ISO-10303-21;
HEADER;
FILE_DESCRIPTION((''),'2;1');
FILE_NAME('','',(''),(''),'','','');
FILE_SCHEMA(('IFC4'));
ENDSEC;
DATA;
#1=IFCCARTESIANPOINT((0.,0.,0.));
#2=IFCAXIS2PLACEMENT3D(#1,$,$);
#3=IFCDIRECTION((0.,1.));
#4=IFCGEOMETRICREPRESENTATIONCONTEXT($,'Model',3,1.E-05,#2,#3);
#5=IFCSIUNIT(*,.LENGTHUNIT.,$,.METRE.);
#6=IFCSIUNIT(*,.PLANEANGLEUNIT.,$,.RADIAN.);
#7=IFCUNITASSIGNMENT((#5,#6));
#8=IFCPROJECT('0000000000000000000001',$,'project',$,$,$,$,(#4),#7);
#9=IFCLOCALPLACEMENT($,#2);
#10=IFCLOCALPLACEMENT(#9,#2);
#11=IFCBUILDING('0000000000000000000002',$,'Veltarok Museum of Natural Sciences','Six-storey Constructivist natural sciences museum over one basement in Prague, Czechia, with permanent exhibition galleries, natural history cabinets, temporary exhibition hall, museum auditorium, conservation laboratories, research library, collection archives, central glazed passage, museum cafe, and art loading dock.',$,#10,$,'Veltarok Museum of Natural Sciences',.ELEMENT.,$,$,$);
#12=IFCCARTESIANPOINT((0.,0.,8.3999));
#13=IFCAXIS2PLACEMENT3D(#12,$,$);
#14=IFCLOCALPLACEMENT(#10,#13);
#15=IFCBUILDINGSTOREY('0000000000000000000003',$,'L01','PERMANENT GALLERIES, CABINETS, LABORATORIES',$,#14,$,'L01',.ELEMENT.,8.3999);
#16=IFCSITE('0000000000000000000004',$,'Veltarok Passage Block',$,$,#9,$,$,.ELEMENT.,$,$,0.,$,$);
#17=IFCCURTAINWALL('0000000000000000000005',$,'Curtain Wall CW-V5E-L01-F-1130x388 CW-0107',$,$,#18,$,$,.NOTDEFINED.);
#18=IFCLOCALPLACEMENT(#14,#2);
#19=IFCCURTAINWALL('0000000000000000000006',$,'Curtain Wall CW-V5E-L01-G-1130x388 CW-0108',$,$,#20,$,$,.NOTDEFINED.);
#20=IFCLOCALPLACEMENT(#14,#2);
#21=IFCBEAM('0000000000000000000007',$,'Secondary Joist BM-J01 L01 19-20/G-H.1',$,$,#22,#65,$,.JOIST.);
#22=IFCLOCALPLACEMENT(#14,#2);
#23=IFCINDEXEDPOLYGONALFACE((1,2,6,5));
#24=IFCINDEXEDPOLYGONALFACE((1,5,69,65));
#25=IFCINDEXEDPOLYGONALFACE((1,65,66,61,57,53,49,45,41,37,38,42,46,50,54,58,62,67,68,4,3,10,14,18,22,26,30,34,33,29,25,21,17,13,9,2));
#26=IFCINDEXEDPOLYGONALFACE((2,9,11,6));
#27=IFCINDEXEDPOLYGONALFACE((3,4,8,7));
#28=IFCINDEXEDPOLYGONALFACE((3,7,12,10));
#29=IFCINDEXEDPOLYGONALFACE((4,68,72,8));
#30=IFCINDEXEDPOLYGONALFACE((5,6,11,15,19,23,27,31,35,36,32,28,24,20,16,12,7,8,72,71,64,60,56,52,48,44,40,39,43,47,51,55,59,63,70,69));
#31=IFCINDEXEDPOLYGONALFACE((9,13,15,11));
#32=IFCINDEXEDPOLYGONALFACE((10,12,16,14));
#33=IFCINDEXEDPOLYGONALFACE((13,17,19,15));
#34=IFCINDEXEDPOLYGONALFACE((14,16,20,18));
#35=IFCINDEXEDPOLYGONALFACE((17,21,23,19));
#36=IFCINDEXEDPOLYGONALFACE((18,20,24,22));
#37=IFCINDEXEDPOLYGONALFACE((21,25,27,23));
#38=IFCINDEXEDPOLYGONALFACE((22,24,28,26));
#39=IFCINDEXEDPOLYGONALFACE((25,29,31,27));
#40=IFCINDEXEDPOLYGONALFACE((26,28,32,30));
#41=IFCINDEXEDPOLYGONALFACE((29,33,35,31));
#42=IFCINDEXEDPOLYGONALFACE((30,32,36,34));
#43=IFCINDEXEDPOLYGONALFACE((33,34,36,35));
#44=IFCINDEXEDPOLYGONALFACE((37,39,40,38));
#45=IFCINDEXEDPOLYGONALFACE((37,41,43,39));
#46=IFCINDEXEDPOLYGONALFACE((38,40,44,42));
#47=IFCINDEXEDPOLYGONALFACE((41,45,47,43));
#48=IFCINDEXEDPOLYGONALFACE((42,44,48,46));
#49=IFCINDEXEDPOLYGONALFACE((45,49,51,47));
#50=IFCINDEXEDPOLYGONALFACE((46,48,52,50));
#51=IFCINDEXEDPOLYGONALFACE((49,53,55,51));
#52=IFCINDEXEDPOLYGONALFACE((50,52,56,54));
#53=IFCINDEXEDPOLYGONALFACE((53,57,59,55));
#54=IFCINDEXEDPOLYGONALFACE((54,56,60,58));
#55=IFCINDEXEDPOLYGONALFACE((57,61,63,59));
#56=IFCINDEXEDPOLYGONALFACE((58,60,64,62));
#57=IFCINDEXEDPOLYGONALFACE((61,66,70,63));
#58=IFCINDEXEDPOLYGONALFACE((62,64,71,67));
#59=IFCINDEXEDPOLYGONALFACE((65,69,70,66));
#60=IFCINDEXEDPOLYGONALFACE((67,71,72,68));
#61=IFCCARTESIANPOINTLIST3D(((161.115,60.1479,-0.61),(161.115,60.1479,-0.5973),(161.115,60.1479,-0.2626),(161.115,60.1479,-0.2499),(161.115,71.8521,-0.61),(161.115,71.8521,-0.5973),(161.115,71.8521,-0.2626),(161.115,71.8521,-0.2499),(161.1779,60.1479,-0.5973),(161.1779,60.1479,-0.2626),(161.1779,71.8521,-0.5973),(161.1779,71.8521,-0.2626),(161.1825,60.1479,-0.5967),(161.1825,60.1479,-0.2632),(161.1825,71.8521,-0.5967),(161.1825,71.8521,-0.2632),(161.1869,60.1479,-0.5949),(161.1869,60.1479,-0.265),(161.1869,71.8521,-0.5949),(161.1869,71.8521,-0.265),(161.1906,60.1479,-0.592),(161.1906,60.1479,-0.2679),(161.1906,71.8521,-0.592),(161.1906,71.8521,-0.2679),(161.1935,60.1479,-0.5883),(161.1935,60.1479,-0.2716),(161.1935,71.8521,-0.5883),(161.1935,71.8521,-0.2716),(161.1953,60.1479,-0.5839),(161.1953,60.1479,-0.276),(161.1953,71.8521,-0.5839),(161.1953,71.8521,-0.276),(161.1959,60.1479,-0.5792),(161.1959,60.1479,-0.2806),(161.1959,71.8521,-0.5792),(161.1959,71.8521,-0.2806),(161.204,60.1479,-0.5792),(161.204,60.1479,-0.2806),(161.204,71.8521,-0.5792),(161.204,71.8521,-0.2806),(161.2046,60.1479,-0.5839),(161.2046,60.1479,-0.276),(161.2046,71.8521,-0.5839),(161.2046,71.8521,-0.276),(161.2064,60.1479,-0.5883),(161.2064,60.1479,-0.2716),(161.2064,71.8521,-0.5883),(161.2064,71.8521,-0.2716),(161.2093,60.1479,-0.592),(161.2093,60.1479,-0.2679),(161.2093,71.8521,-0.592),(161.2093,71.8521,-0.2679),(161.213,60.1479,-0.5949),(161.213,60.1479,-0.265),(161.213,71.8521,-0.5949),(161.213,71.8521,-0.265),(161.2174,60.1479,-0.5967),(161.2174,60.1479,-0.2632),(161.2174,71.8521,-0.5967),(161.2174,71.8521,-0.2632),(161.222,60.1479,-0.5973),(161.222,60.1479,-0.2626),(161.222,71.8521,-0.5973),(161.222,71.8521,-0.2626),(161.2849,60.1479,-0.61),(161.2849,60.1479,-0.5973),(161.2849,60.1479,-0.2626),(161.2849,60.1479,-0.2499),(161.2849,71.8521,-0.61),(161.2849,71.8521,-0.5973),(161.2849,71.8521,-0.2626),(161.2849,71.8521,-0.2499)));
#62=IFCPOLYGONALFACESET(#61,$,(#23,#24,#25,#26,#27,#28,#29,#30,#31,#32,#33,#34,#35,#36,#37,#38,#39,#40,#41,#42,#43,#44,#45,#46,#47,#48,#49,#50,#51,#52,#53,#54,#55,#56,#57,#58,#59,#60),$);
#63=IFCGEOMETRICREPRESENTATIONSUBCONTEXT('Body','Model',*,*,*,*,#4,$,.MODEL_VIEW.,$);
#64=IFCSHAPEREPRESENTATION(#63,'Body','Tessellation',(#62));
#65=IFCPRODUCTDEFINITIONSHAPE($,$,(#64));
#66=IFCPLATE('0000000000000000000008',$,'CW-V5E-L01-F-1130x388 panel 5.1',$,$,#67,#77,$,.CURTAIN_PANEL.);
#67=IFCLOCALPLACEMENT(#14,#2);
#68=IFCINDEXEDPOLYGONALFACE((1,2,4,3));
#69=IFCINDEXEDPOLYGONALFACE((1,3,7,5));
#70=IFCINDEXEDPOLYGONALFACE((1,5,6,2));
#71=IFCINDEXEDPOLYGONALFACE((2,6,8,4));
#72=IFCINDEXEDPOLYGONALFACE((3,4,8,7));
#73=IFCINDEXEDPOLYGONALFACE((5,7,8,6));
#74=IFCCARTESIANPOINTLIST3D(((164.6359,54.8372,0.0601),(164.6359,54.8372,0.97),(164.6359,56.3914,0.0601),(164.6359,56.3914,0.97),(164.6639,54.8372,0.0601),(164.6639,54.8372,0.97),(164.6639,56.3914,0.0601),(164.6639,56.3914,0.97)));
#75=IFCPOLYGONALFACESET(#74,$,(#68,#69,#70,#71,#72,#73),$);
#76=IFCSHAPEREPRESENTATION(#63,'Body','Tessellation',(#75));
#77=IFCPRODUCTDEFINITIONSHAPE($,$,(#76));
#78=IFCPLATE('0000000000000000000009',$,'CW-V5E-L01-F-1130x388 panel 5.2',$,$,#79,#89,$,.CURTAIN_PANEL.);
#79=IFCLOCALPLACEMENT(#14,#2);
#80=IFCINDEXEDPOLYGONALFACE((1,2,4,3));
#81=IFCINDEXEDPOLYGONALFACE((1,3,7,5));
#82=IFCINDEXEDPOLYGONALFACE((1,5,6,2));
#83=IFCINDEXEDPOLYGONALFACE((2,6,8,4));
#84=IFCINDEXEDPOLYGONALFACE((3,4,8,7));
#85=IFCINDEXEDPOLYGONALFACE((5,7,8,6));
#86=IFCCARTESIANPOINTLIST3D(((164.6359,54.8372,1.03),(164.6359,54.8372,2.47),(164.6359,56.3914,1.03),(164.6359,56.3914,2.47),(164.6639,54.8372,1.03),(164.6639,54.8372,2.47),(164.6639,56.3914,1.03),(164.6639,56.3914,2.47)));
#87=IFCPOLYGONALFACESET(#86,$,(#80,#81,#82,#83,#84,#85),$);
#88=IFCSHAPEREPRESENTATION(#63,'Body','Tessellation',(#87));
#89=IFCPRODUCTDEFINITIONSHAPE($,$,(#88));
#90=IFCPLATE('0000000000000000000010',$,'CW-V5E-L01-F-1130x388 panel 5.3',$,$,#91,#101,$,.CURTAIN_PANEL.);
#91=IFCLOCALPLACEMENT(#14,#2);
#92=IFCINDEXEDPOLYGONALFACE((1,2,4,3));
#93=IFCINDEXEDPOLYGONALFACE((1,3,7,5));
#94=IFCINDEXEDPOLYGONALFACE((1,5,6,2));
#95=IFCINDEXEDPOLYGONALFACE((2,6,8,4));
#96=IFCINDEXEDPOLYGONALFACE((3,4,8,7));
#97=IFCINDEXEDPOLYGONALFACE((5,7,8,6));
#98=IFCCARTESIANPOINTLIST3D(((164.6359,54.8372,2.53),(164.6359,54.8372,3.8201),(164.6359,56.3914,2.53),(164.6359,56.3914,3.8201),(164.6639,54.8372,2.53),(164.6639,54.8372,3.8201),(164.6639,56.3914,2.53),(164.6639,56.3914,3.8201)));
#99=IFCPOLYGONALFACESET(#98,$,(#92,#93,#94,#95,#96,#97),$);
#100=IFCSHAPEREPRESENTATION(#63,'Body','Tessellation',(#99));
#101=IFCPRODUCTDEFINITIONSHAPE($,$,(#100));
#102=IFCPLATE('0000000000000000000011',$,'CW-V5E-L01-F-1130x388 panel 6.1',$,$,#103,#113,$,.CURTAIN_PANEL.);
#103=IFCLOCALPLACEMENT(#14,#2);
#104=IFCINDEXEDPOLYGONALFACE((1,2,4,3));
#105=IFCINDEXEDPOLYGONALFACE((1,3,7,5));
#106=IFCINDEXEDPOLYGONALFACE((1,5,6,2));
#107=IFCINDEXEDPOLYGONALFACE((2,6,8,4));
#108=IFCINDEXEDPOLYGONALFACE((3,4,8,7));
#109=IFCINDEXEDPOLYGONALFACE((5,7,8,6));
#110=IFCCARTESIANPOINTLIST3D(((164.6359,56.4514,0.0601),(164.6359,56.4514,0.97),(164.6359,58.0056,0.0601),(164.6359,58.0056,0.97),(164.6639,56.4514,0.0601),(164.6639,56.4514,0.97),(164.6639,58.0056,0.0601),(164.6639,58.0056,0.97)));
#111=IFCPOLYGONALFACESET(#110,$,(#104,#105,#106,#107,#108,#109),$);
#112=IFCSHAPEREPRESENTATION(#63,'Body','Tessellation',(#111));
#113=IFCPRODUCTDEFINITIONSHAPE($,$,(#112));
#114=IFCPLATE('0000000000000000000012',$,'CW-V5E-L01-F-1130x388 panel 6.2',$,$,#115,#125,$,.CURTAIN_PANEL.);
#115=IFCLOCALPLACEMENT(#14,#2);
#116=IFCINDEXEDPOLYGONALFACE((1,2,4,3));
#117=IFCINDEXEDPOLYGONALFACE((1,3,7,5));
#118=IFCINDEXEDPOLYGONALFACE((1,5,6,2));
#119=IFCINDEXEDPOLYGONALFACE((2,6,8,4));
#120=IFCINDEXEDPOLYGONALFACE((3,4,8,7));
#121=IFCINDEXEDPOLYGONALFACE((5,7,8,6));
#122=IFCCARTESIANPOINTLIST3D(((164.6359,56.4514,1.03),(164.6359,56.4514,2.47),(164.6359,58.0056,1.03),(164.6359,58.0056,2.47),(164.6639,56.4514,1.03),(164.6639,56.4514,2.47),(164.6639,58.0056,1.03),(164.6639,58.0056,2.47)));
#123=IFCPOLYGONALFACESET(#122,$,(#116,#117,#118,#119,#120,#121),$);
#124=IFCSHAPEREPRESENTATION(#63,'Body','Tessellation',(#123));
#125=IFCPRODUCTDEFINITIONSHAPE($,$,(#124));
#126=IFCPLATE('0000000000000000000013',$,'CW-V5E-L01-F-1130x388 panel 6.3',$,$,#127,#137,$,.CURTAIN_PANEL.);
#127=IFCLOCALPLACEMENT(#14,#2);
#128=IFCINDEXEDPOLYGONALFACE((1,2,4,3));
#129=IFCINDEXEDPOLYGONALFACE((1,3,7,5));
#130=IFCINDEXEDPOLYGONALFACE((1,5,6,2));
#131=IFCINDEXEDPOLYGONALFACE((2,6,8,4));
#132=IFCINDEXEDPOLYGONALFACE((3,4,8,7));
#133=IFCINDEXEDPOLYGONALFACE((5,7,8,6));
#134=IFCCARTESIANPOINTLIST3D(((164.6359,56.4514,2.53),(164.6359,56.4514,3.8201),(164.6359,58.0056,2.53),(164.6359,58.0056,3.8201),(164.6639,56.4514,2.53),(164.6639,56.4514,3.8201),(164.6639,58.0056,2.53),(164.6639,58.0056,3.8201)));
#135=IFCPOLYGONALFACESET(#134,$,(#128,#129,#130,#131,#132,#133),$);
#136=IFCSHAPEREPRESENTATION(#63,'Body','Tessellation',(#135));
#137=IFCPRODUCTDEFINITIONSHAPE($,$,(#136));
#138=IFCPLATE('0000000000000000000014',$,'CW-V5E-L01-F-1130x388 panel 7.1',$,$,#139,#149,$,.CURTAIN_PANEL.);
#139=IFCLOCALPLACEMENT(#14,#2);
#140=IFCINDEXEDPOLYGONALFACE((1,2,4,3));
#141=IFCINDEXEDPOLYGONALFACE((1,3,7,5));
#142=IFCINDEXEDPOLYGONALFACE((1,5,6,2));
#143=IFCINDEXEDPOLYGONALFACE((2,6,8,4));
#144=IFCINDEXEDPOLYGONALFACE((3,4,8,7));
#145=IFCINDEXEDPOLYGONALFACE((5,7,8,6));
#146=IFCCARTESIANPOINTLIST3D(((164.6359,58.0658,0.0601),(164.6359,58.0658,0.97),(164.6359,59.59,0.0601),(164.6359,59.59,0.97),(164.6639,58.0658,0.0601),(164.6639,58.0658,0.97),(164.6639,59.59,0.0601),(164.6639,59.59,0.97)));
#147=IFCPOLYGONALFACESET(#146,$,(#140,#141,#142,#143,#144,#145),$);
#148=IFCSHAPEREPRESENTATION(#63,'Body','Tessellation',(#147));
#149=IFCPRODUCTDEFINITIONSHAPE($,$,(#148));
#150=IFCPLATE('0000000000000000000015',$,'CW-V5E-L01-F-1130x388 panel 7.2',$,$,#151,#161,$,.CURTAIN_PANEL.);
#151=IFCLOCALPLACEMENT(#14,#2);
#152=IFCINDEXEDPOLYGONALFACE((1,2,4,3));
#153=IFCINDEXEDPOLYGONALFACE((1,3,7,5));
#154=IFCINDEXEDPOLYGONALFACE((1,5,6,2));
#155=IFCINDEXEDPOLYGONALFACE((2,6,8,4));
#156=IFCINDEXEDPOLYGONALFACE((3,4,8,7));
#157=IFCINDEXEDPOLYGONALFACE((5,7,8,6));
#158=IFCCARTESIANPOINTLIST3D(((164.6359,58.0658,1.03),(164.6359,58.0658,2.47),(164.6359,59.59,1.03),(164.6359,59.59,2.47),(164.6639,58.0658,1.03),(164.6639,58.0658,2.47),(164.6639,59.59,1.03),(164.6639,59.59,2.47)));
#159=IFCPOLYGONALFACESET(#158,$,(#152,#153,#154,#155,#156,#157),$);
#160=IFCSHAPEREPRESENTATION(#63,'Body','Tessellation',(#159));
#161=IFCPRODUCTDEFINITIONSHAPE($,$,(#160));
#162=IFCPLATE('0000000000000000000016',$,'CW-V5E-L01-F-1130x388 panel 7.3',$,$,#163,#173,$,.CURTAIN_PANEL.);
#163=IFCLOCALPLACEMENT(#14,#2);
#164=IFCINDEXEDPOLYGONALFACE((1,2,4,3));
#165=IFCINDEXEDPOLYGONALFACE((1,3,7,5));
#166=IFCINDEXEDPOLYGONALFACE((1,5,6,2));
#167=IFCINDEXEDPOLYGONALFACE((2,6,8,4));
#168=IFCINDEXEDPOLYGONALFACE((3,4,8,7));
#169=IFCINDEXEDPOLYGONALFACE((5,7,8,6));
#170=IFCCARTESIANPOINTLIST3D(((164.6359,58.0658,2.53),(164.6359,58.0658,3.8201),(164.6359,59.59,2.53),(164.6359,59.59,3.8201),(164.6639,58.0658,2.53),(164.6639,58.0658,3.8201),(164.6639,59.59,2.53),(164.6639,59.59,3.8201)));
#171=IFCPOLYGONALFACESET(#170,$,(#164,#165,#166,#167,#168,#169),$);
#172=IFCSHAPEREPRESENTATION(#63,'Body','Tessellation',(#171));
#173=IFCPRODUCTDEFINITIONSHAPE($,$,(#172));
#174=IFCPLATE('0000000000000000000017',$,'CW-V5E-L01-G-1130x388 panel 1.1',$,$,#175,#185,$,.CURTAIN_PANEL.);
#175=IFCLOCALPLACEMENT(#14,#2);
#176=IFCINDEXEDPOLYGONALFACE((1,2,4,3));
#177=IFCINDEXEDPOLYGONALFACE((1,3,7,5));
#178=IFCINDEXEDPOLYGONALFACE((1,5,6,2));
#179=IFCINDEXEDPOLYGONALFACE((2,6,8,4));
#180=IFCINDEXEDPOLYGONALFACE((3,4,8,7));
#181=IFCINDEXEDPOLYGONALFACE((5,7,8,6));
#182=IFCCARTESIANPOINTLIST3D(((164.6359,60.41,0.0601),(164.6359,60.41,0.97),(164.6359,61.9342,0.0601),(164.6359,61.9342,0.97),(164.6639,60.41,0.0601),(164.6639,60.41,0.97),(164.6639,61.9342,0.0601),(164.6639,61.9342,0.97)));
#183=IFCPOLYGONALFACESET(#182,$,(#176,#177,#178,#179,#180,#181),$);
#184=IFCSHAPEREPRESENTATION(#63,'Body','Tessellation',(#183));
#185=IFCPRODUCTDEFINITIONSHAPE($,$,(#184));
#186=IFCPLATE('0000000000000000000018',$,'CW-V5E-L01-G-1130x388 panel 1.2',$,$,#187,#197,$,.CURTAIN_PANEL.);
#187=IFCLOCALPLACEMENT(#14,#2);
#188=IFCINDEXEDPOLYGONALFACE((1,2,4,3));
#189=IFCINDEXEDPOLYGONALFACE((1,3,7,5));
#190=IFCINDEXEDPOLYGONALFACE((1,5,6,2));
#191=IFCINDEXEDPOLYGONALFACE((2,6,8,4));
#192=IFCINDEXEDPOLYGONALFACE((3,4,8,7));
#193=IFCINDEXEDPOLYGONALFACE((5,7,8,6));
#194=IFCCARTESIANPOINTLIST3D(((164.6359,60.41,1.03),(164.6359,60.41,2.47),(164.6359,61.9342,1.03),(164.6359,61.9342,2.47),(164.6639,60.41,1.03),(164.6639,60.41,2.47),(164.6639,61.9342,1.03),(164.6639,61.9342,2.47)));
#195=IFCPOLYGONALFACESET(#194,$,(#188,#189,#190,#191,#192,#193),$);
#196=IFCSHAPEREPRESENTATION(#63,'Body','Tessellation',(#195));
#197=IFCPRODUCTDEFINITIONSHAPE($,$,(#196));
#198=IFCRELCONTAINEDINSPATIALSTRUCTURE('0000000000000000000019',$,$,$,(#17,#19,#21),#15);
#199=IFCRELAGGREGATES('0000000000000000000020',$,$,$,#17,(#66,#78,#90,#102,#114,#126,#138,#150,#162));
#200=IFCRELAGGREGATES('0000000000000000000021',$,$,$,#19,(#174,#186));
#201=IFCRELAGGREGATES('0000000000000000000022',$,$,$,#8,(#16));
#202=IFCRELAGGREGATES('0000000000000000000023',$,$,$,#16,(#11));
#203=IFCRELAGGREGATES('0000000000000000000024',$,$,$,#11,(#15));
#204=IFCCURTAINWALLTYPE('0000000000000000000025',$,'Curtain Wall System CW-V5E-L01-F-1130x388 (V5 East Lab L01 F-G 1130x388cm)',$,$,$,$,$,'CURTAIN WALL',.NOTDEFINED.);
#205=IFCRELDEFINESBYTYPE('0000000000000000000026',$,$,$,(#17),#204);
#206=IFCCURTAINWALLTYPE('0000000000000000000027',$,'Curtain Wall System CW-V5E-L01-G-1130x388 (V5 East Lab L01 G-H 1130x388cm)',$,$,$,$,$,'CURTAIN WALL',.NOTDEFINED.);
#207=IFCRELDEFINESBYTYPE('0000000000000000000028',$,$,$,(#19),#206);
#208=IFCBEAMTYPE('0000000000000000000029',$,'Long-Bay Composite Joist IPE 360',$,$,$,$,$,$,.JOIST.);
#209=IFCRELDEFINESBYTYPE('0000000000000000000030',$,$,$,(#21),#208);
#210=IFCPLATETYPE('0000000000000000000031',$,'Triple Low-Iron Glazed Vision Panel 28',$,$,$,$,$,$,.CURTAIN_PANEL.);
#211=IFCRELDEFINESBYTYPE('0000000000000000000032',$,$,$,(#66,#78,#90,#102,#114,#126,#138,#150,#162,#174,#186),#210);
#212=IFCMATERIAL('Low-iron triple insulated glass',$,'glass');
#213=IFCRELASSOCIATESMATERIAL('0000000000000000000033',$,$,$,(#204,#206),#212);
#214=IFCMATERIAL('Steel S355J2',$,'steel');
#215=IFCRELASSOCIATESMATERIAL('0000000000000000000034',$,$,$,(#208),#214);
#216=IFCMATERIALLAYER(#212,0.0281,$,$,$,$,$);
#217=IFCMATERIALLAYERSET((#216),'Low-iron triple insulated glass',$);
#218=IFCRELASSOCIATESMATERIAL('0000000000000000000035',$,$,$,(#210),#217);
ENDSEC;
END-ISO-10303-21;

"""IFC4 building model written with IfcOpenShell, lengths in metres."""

from ifc_helpers import new_model, si_unit, direction, frame, origin, origin_2d, place, context, subcontext, project, spatial, rectangle, i_section, extrude, material, layer, layer_set, material_profile, profile_set, type_object, element, aggregate, save


model = new_model("IFC4")

# Units and contexts
model_context = context("Model", 3, precision=1e-05, world=origin(), true_north=direction((0.0, 1.0)))
body_context = subcontext(model_context, "Body", "Model", "MODEL_VIEW")
ifc_project = project(units=[si_unit("LENGTHUNIT", "METRE"), si_unit("PLANEANGLEUNIT", "RADIAN")], contexts=[model_context])

# Site, building, storey
site_placement = place(None, origin())
site = spatial("IfcSite", under=ifc_project, at=site_placement, Name="Veltarok Passage Block", CompositionType="ELEMENT", RefElevation=0.0)
building_placement = place(site_placement, origin())
building = spatial("IfcBuilding", under=site, at=building_placement, Name="Veltarok Museum of Natural Sciences", Description="Six-storey Constructivist natural sciences museum over one basement in Prague, Czechia, with permanent exhibition galleries, natural history cabinets, temporary exhibition hall, museum auditorium, conservation laboratories, research library, collection archives, central glazed passage, museum cafe, and art loading dock.", LongName="Veltarok Museum of Natural Sciences", CompositionType="ELEMENT")
storey_placement = place(building_placement, frame((0.0, 0.0, 8.3999)))
storey = spatial("IfcBuildingStorey", under=building, at=storey_placement, Name="L01", Description="PERMANENT GALLERIES, CABINETS, LABORATORIES", LongName="L01", CompositionType="ELEMENT", Elevation=8.3999)

# Shared definitions
ifc_material_1 = material(Name="Steel S355J2", Category="steel")

# Curtain walls
ifc_material_2 = material(Name="Low-iron triple insulated glass", Category="glass")
curtain_wall_type_1 = type_object("IfcCurtainWallType", Name="Curtain Wall System CW-V5E-L01-F-1130x388 (V5 East Lab L01 F-G 1130x388cm)", ElementType="CURTAIN WALL", PredefinedType="NOTDEFINED", material=ifc_material_2)
curtain_wall_1_placement = place(storey_placement, origin())
curtain_wall_1 = element("IfcCurtainWall", 1, at=curtain_wall_1_placement, inside=storey, type_object=curtain_wall_type_1, Name="Curtain Wall CW-V5E-L01-F-1130x388 CW-0107", PredefinedType="NOTDEFINED")
curtain_wall_type_2 = type_object("IfcCurtainWallType", Name="Curtain Wall System CW-V5E-L01-G-1130x388 (V5 East Lab L01 G-H 1130x388cm)", ElementType="CURTAIN WALL", PredefinedType="NOTDEFINED", material=ifc_material_2)
curtain_wall_2_placement = place(storey_placement, origin())
curtain_wall_2 = element("IfcCurtainWall", 2, at=curtain_wall_2_placement, inside=storey, type_object=curtain_wall_type_2, Name="Curtain Wall CW-V5E-L01-G-1130x388 CW-0108", PredefinedType="NOTDEFINED")

# Beam
ifc_material_profile_1 = material_profile(ifc_material_1, i_section(OverallWidth=0.1699, OverallDepth=0.3601, WebThickness=0.0081, FlangeThickness=0.0127, FilletRadius=0.0181, at=origin_2d()), Name="IPE 360")
ifc_profile_set_1 = profile_set([ifc_material_profile_1], Name="Steel S355J2")
beam_type_1 = type_object("IfcBeamType", Name="Long-Bay Composite Joist IPE 360", PredefinedType="JOIST", material=ifc_profile_set_1)
beam_1_placement = place(storey_placement, frame((161.2, 60.1479, -0.4299), z_axis=(0.0, 1.0, 0.0), x_axis=(-1.0, 0.0, 0.0)))
element("IfcBeam", 3, at=beam_1_placement, inside=storey, type_object=beam_type_1, Name="Secondary Joist BM-J01 L01 19-20/G-H.1", PredefinedType="JOIST", context=body_context, shape_type="SweptSolid", body=[
    extrude(i_section(OverallWidth=0.1699, OverallDepth=0.3601, WebThickness=0.0081, FlangeThickness=0.0127, FilletRadius=0.0181, at=origin_2d()), origin(), (0.0, 0.0, 1.0), 11.7041),
])

# Plates
ifc_layer = layer(ifc_material_2, 0.0281)
ifc_layer_set = layer_set([ifc_layer], Name="Low-iron triple insulated glass")
plate_type = type_object("IfcPlateType", Name="Triple Low-Iron Glazed Vision Panel 28", PredefinedType="CURTAIN_PANEL", material=ifc_layer_set)
plate_1_placement = place(storey_placement, frame((164.6499, 55.6143, 0.0601), z_axis=(0.0, 0.0, 1.0), x_axis=(0.0, 1.0, 0.0)))
plate_1 = element("IfcPlate", 4, at=plate_1_placement, type_object=plate_type, Name="CW-V5E-L01-F-1130x388 panel 5.1", PredefinedType="CURTAIN_PANEL", context=body_context, shape_type="SweptSolid", body=[
    extrude(rectangle(XDim=1.5542, YDim=0.0281, at=origin_2d()), origin(), (0.0, 0.0, 1.0), 0.9099),
])
plate_2_placement = place(storey_placement, frame((164.6499, 55.6143, 1.03), z_axis=(0.0, 0.0, 1.0), x_axis=(0.0, 1.0, 0.0)))
plate_2 = element("IfcPlate", 5, at=plate_2_placement, type_object=plate_type, Name="CW-V5E-L01-F-1130x388 panel 5.2", PredefinedType="CURTAIN_PANEL", context=body_context, shape_type="SweptSolid", body=[
    extrude(rectangle(XDim=1.5542, YDim=0.0281, at=origin_2d()), origin(), (0.0, 0.0, 1.0), 1.4399),
])
plate_3_placement = place(storey_placement, frame((164.6499, 55.6143, 2.53), z_axis=(0.0, 0.0, 1.0), x_axis=(0.0, 1.0, 0.0)))
plate_3 = element("IfcPlate", 6, at=plate_3_placement, type_object=plate_type, Name="CW-V5E-L01-F-1130x388 panel 5.3", PredefinedType="CURTAIN_PANEL", context=body_context, shape_type="SweptSolid", body=[
    extrude(rectangle(XDim=1.5542, YDim=0.0281, at=origin_2d()), origin(), (0.0, 0.0, 1.0), 1.29),
])
plate_4_placement = place(storey_placement, frame((164.6499, 57.2285, 0.0601), z_axis=(0.0, 0.0, 1.0), x_axis=(0.0, 1.0, 0.0)))
plate_4 = element("IfcPlate", 7, at=plate_4_placement, type_object=plate_type, Name="CW-V5E-L01-F-1130x388 panel 6.1", PredefinedType="CURTAIN_PANEL", context=body_context, shape_type="SweptSolid", body=[
    extrude(rectangle(XDim=1.5542, YDim=0.0281, at=origin_2d()), origin(), (0.0, 0.0, 1.0), 0.9099),
])
plate_5_placement = place(storey_placement, frame((164.6499, 57.2285, 1.03), z_axis=(0.0, 0.0, 1.0), x_axis=(0.0, 1.0, 0.0)))
plate_5 = element("IfcPlate", 8, at=plate_5_placement, type_object=plate_type, Name="CW-V5E-L01-F-1130x388 panel 6.2", PredefinedType="CURTAIN_PANEL", context=body_context, shape_type="SweptSolid", body=[
    extrude(rectangle(XDim=1.5542, YDim=0.0281, at=origin_2d()), origin(), (0.0, 0.0, 1.0), 1.4399),
])
plate_6_placement = place(storey_placement, frame((164.6499, 57.2285, 2.53), z_axis=(0.0, 0.0, 1.0), x_axis=(0.0, 1.0, 0.0)))
plate_6 = element("IfcPlate", 9, at=plate_6_placement, type_object=plate_type, Name="CW-V5E-L01-F-1130x388 panel 6.3", PredefinedType="CURTAIN_PANEL", context=body_context, shape_type="SweptSolid", body=[
    extrude(rectangle(XDim=1.5542, YDim=0.0281, at=origin_2d()), origin(), (0.0, 0.0, 1.0), 1.29),
])
plate_7_placement = place(storey_placement, frame((164.6499, 58.8279, 0.0601), z_axis=(0.0, 0.0, 1.0), x_axis=(0.0, 1.0, 0.0)))
plate_7 = element("IfcPlate", 10, at=plate_7_placement, type_object=plate_type, Name="CW-V5E-L01-F-1130x388 panel 7.1", PredefinedType="CURTAIN_PANEL", context=body_context, shape_type="SweptSolid", body=[
    extrude(rectangle(XDim=1.5242, YDim=0.0281, at=origin_2d()), origin(), (0.0, 0.0, 1.0), 0.9099),
])
plate_8_placement = place(storey_placement, frame((164.6499, 58.8279, 1.03), z_axis=(0.0, 0.0, 1.0), x_axis=(0.0, 1.0, 0.0)))
plate_8 = element("IfcPlate", 11, at=plate_8_placement, type_object=plate_type, Name="CW-V5E-L01-F-1130x388 panel 7.2", PredefinedType="CURTAIN_PANEL", context=body_context, shape_type="SweptSolid", body=[
    extrude(rectangle(XDim=1.5242, YDim=0.0281, at=origin_2d()), origin(), (0.0, 0.0, 1.0), 1.4399),
])
plate_9_placement = place(storey_placement, frame((164.6499, 58.8279, 2.53), z_axis=(0.0, 0.0, 1.0), x_axis=(0.0, 1.0, 0.0)))
plate_9 = element("IfcPlate", 12, at=plate_9_placement, type_object=plate_type, Name="CW-V5E-L01-F-1130x388 panel 7.3", PredefinedType="CURTAIN_PANEL", context=body_context, shape_type="SweptSolid", body=[
    extrude(rectangle(XDim=1.5242, YDim=0.0281, at=origin_2d()), origin(), (0.0, 0.0, 1.0), 1.29),
])
aggregate(curtain_wall_1, [plate_1, plate_2, plate_3, plate_4, plate_5, plate_6, plate_7, plate_8, plate_9])
plate_10_placement = place(storey_placement, frame((164.6499, 61.1721, 0.0601), z_axis=(0.0, 0.0, 1.0), x_axis=(0.0, 1.0, 0.0)))
plate_10 = element("IfcPlate", 13, at=plate_10_placement, type_object=plate_type, Name="CW-V5E-L01-G-1130x388 panel 1.1", PredefinedType="CURTAIN_PANEL", context=body_context, shape_type="SweptSolid", body=[
    extrude(rectangle(XDim=1.5242, YDim=0.0281, at=origin_2d()), origin(), (0.0, 0.0, 1.0), 0.9099),
])
plate_11_placement = place(storey_placement, frame((164.6499, 61.1721, 1.03), z_axis=(0.0, 0.0, 1.0), x_axis=(0.0, 1.0, 0.0)))
plate_11 = element("IfcPlate", 14, at=plate_11_placement, type_object=plate_type, Name="CW-V5E-L01-G-1130x388 panel 1.2", PredefinedType="CURTAIN_PANEL", context=body_context, shape_type="SweptSolid", body=[
    extrude(rectangle(XDim=1.5242, YDim=0.0281, at=origin_2d()), origin(), (0.0, 0.0, 1.0), 1.4399),
])
aggregate(curtain_wall_2, [plate_10, plate_11])

save(model, "model.ifc")
